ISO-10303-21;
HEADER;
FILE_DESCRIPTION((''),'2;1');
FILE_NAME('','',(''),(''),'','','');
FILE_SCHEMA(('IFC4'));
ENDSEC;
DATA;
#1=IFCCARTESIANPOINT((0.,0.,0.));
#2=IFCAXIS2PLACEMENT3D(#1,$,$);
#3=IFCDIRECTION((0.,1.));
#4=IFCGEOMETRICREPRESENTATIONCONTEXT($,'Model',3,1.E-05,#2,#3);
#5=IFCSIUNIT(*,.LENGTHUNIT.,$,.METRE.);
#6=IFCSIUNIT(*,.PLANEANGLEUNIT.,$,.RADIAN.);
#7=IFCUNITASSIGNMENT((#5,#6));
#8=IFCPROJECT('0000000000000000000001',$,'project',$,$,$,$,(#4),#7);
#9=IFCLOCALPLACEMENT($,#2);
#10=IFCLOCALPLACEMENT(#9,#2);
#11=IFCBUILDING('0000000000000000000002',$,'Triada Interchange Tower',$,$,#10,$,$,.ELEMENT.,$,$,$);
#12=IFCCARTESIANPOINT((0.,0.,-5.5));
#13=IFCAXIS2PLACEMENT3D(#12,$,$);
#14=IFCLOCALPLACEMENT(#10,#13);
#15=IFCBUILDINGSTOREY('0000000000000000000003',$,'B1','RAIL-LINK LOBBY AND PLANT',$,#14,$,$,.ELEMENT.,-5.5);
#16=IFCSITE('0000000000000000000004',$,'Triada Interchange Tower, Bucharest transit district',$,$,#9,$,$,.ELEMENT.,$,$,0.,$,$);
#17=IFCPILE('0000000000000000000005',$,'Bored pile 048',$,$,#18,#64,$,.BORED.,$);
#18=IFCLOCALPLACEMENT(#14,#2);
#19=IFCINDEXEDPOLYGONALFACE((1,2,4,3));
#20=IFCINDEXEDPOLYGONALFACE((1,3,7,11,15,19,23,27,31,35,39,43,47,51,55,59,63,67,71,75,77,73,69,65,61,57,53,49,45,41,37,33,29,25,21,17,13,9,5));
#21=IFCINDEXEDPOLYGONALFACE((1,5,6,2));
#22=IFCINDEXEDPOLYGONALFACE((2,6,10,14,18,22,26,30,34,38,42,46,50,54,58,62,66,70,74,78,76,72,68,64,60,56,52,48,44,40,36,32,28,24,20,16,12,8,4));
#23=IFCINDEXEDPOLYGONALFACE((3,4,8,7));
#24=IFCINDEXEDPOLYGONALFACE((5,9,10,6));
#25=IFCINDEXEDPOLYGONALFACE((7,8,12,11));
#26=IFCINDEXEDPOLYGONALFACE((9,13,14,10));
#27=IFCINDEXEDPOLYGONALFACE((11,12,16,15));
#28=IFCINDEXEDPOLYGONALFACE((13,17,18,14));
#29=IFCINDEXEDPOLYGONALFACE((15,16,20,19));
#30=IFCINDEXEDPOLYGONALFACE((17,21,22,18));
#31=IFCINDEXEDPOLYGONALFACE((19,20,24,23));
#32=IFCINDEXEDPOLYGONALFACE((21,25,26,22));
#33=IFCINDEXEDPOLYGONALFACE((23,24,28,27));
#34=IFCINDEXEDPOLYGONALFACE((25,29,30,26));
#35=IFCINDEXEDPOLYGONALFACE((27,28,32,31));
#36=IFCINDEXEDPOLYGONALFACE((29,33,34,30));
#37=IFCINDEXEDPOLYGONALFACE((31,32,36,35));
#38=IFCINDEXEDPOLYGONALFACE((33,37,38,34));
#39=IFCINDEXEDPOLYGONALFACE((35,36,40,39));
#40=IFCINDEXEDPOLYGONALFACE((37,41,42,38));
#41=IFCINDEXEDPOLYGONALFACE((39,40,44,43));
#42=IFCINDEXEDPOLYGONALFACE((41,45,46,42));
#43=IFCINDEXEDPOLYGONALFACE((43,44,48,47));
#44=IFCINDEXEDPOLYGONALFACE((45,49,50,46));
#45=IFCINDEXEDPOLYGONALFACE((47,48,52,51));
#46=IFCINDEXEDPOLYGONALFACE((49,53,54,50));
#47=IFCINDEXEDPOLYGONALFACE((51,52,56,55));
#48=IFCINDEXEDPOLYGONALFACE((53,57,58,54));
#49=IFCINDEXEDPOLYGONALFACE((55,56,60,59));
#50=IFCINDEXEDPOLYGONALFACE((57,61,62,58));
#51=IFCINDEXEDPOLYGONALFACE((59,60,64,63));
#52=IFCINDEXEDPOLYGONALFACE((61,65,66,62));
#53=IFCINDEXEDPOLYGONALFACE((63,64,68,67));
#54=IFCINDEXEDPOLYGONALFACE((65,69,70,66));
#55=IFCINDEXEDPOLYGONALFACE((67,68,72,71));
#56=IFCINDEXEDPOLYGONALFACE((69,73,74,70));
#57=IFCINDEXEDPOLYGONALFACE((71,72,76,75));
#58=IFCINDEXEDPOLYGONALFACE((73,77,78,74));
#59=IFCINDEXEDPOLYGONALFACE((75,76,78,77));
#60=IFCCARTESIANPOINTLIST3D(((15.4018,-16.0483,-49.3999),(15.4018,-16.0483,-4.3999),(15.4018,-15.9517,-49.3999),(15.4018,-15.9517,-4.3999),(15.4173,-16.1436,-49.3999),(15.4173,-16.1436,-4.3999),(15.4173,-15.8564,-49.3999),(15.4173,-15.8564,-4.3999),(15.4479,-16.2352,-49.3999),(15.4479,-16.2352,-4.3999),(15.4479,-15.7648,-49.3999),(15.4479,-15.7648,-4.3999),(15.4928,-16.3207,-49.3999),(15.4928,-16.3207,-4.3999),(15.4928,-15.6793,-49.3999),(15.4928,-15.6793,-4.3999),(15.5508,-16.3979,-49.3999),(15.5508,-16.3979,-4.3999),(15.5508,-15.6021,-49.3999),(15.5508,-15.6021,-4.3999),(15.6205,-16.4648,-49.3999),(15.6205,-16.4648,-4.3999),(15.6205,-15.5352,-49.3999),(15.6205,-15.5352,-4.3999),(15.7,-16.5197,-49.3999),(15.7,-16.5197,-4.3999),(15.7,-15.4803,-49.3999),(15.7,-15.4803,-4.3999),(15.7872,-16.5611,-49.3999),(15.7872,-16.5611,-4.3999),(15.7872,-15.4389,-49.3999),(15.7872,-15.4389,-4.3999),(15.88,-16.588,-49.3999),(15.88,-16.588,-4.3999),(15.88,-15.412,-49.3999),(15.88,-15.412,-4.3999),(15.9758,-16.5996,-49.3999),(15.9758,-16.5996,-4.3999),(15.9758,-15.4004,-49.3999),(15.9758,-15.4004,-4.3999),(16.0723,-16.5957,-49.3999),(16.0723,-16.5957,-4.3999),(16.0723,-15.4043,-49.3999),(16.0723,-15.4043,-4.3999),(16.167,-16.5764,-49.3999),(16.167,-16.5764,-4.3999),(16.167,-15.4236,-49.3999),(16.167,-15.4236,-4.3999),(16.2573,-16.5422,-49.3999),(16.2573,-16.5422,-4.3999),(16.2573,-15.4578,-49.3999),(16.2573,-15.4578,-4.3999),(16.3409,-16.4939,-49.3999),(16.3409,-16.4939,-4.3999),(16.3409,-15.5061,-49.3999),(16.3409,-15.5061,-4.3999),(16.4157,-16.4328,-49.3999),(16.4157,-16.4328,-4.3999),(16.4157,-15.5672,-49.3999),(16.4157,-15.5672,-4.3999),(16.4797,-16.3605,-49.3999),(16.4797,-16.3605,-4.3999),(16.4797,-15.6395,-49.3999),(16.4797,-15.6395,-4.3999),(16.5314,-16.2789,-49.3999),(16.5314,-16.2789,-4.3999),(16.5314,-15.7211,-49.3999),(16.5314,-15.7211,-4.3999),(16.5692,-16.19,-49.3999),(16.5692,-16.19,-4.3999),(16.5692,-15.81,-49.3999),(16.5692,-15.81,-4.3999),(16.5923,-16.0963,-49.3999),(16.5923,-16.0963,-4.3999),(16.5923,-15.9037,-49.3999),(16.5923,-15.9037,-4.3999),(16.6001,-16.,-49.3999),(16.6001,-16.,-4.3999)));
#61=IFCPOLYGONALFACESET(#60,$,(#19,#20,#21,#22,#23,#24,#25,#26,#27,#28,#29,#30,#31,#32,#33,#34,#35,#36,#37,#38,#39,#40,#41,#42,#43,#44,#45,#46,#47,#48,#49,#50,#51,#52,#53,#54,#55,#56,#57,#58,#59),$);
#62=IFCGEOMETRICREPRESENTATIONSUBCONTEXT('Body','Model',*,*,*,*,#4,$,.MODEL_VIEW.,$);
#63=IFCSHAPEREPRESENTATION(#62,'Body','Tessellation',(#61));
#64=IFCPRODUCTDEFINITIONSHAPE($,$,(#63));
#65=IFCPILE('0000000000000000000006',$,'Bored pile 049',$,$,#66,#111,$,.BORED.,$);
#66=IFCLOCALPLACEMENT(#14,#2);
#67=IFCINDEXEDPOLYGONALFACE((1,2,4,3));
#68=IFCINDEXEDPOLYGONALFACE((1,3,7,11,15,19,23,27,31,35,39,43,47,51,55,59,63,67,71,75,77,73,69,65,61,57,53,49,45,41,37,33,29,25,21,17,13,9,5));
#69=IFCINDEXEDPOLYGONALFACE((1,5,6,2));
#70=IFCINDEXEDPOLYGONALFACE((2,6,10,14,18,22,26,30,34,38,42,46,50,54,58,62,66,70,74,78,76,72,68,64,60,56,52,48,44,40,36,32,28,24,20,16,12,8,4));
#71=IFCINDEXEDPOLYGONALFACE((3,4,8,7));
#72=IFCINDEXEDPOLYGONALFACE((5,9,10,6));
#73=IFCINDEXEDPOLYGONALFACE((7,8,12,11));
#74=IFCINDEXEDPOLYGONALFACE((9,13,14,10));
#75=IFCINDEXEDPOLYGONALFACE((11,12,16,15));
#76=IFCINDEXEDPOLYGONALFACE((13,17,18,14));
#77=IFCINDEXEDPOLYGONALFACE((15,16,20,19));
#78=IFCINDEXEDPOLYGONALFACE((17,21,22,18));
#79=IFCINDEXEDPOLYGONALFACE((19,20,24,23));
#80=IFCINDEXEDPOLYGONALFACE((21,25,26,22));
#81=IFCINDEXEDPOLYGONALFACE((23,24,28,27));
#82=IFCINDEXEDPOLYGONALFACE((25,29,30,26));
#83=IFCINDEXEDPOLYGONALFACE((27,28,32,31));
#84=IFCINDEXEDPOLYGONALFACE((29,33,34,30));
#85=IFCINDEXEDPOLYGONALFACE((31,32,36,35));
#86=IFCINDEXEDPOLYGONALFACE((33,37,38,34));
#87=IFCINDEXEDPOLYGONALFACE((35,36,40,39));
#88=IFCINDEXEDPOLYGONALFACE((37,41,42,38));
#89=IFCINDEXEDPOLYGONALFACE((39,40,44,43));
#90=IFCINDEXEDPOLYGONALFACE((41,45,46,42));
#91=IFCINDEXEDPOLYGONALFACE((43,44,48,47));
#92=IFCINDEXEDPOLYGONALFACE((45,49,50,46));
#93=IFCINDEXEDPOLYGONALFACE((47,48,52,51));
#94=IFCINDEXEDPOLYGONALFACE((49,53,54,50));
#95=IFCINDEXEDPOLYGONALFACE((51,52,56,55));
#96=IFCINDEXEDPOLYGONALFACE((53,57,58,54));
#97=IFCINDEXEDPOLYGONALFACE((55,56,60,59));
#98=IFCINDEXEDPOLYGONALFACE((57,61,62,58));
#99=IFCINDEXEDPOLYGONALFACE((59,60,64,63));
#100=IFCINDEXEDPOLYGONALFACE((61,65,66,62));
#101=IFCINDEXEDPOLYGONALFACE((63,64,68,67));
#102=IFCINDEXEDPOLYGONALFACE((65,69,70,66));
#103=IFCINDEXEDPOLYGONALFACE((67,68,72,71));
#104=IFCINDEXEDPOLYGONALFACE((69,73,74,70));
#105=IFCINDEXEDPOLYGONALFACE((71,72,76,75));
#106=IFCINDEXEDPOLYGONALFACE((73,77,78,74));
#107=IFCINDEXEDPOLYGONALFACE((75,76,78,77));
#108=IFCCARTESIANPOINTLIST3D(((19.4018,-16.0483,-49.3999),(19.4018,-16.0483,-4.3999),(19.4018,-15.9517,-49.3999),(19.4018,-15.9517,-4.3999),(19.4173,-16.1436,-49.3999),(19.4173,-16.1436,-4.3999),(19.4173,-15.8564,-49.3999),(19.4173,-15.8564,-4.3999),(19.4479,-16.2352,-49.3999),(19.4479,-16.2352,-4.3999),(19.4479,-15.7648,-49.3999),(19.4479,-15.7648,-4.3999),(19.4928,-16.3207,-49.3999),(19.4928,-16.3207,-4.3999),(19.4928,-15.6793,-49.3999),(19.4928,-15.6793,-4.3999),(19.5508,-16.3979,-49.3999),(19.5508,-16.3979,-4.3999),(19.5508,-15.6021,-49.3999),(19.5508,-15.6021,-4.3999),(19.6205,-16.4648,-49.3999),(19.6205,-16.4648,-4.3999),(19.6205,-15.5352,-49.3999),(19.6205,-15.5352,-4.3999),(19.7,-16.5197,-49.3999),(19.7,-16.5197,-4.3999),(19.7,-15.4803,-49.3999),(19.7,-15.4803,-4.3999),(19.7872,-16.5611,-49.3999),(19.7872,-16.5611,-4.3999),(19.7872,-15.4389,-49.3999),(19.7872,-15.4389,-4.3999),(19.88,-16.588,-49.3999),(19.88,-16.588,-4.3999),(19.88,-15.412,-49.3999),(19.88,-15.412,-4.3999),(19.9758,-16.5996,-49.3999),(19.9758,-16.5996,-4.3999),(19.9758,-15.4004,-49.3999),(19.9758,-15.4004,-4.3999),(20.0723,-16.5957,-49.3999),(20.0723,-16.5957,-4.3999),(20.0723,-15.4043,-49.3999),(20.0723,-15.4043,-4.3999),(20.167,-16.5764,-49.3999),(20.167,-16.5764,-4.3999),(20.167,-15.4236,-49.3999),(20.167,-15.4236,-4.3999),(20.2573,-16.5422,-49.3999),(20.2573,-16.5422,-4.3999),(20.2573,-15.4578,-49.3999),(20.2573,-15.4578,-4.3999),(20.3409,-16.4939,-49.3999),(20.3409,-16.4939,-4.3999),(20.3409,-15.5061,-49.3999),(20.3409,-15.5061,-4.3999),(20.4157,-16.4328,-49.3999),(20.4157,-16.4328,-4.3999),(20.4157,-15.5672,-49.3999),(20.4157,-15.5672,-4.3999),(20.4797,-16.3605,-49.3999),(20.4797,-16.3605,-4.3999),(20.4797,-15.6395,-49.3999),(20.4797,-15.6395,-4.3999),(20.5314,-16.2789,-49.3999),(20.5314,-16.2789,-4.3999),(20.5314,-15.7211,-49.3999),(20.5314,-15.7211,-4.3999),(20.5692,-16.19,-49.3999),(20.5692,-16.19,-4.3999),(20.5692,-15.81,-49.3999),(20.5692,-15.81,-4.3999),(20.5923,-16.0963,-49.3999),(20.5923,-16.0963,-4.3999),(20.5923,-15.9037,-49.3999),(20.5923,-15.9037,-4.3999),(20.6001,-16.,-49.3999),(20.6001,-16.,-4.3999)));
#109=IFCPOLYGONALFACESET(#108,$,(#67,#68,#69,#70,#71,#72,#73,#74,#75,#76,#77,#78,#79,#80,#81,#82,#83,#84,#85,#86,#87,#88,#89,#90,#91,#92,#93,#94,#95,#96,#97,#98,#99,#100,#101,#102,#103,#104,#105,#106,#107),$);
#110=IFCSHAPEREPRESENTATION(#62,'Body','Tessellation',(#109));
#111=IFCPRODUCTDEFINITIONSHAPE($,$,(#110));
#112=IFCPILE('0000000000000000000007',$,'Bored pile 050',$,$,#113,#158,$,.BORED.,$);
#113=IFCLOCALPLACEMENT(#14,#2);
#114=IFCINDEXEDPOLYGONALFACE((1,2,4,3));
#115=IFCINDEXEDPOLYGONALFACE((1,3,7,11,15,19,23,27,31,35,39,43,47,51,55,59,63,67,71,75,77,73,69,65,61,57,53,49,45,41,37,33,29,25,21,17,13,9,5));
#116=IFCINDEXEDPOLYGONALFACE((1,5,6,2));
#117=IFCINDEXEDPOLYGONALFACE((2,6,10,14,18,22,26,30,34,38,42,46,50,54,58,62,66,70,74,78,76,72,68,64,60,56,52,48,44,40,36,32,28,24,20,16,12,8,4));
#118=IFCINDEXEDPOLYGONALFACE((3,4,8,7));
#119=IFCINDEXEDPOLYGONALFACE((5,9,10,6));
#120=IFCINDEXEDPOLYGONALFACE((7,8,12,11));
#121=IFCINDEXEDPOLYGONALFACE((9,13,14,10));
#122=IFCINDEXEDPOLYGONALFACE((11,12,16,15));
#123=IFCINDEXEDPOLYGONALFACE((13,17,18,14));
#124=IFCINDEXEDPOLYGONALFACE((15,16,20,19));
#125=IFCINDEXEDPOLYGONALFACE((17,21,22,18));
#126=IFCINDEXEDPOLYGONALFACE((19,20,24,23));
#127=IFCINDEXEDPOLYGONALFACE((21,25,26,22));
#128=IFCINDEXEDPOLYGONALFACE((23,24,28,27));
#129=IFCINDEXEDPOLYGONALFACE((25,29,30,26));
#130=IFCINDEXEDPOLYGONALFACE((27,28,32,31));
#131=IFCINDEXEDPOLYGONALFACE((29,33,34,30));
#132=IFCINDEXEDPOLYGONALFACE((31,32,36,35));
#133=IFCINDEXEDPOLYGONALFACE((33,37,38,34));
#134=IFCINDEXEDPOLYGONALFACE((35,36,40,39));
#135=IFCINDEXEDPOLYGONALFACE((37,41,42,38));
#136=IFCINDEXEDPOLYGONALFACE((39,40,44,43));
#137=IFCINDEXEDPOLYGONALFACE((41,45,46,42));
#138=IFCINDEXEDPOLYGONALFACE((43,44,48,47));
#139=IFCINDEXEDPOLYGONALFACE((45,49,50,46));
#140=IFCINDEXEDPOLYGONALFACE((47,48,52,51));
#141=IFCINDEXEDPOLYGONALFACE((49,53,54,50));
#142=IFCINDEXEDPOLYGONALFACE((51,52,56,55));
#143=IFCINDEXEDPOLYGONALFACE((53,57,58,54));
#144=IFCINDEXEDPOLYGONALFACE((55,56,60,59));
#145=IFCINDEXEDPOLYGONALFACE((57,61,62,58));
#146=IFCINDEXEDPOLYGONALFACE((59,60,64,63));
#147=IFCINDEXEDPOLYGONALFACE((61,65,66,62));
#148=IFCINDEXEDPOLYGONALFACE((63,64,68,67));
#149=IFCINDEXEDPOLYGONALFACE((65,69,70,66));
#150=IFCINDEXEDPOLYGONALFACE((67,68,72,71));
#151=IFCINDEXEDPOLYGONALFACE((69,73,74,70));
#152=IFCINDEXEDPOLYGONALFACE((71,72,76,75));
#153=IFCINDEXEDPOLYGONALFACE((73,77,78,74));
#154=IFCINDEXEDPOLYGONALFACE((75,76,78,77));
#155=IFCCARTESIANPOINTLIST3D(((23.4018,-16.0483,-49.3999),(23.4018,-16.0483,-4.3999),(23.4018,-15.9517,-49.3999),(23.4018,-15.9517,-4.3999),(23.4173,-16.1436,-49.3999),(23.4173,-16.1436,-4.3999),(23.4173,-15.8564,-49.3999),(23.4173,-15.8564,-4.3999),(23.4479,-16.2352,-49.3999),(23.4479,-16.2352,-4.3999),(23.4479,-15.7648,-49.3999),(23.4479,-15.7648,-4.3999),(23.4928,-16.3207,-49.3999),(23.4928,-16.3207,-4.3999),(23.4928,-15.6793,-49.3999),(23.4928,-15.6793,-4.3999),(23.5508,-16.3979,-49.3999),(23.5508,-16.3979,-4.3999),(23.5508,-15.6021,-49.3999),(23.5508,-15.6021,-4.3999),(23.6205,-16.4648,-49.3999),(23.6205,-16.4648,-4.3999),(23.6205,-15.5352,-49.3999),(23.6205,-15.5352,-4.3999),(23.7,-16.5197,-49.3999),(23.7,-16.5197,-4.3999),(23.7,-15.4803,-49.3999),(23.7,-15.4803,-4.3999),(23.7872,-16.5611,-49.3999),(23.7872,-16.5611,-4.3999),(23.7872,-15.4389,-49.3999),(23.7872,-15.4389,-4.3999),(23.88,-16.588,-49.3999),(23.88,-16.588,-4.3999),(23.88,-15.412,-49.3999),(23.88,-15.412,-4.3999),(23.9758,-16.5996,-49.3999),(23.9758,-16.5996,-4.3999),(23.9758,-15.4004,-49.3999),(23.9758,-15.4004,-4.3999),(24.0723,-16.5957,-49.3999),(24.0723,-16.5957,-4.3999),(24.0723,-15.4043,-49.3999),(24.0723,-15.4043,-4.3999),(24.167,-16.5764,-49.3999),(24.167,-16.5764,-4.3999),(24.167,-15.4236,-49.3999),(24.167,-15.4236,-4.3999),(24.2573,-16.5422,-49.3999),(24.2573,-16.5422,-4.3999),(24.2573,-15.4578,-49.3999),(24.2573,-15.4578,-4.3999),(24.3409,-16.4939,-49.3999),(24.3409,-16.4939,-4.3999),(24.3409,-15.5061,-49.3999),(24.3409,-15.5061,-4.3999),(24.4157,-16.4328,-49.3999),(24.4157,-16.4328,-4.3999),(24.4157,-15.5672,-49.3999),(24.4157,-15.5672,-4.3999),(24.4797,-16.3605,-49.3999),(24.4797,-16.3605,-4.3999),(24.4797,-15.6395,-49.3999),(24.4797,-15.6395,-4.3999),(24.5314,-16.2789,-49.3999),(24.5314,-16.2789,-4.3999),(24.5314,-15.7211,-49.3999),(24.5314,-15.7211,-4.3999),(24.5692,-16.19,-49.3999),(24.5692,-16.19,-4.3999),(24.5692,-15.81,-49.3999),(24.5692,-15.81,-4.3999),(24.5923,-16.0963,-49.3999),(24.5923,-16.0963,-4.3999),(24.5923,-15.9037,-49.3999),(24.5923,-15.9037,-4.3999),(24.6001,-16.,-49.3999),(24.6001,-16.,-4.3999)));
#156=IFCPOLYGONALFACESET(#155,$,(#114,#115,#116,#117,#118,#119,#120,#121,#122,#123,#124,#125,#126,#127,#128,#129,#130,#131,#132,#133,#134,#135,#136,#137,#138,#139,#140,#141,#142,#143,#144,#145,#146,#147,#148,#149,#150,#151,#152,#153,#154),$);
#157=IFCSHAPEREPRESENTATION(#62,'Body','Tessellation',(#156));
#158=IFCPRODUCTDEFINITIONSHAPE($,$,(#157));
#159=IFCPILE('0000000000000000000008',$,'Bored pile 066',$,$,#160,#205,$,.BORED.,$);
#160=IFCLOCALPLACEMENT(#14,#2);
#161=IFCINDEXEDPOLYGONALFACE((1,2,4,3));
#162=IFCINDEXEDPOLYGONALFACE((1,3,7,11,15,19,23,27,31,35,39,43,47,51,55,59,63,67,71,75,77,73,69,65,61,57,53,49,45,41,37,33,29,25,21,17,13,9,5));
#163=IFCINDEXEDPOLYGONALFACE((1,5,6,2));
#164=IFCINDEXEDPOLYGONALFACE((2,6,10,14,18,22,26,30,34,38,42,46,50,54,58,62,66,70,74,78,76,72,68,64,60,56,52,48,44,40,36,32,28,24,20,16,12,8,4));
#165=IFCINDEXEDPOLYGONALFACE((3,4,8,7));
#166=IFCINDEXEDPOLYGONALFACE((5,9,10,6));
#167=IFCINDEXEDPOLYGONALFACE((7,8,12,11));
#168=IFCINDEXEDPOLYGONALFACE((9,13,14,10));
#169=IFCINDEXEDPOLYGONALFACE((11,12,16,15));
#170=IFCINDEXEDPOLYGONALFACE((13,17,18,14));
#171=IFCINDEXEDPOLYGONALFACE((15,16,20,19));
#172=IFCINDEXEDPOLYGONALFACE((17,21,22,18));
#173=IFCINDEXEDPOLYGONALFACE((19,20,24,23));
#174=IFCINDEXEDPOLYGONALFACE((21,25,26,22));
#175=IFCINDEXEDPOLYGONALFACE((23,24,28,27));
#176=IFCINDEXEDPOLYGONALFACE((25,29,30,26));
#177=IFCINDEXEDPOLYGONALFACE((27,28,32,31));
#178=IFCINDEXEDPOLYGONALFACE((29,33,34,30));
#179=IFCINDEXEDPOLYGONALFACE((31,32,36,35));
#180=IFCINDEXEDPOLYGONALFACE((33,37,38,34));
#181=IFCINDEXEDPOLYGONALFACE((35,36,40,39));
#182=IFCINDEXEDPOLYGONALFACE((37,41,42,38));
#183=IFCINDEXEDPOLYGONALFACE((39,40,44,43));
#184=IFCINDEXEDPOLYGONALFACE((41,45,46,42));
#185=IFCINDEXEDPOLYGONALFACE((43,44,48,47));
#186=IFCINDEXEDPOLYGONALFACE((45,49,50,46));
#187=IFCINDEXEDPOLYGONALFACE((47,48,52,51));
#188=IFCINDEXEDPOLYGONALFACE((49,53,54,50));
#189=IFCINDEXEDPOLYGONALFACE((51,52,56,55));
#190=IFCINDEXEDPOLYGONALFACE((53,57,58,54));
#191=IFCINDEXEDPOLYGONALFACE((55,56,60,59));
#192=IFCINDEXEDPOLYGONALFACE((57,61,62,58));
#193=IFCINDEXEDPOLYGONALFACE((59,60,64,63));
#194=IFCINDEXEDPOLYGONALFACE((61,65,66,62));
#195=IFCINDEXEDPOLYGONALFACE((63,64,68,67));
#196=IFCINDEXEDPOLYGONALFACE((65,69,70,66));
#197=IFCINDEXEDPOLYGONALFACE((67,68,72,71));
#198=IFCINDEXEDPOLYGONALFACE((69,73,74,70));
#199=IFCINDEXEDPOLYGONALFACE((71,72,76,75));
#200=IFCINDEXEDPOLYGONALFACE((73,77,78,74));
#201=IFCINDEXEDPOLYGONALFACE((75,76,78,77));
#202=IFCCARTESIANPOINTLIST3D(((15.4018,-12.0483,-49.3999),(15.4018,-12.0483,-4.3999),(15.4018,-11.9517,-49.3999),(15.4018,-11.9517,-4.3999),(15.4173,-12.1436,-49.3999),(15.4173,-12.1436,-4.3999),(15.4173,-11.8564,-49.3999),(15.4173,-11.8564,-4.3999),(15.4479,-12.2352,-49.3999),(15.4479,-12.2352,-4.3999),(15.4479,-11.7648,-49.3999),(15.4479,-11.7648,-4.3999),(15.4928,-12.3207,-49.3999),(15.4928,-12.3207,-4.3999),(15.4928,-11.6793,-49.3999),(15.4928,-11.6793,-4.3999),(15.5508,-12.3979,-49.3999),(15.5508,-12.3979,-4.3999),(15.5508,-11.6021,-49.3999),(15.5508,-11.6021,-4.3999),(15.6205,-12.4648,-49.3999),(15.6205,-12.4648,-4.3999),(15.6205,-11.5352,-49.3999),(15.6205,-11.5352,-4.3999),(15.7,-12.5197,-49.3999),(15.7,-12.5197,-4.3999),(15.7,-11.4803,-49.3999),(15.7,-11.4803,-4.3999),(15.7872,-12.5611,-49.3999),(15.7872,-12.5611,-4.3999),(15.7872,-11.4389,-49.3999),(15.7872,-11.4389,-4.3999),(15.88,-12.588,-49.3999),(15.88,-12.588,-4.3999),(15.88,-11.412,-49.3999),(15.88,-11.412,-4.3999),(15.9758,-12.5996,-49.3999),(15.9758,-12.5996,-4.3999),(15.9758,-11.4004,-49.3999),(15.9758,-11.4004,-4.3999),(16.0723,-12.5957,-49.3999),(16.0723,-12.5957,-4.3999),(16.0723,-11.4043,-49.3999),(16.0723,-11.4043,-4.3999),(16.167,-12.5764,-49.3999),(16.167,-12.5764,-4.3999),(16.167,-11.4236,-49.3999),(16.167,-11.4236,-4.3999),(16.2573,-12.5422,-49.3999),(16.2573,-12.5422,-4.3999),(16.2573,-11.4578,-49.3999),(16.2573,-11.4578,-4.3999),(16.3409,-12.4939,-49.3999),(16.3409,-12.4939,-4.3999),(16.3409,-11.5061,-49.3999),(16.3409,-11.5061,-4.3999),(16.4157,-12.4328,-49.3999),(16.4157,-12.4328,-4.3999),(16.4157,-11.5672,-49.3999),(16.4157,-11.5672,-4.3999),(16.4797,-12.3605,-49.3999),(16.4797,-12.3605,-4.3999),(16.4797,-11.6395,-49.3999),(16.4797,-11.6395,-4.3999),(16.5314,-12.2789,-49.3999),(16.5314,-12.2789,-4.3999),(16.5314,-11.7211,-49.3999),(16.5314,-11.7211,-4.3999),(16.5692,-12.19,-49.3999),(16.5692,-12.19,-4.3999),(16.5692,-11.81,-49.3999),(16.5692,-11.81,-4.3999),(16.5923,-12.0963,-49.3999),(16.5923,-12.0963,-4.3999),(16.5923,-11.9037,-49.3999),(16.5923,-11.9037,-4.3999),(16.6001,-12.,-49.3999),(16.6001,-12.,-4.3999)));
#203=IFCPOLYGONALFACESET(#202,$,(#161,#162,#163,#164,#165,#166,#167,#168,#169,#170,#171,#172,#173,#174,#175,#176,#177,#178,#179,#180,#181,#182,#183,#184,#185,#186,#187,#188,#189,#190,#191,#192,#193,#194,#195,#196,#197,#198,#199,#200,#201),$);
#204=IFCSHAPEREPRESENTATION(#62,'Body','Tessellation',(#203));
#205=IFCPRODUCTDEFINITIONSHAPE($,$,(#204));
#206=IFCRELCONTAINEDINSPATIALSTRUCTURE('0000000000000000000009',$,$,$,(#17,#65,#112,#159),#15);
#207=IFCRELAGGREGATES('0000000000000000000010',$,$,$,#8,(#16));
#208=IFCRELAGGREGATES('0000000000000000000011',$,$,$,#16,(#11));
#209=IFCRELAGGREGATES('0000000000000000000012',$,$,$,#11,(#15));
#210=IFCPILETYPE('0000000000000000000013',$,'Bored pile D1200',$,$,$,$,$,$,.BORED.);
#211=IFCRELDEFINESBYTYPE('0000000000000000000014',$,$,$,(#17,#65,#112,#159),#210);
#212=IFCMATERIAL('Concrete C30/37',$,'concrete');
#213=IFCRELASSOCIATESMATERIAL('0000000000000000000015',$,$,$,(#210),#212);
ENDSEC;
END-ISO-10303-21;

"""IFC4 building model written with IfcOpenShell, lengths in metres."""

from ifc_helpers import new_model, si_unit, direction, frame, origin, origin_2d, place, context, subcontext, project, spatial, circle, extrude, material, material_profile, profile_set, type_object, element, save


model = new_model("IFC4")

# Units and contexts
model_context = context("Model", 3, precision=1e-05, world=origin(), true_north=direction((0.0, 1.0)))
body_context = subcontext(model_context, "Body", "Model", "MODEL_VIEW")
ifc_project = project(units=[si_unit("LENGTHUNIT", "METRE"), si_unit("PLANEANGLEUNIT", "RADIAN")], contexts=[model_context])

# Site, building, storey
site_placement = place(None, origin())
site = spatial("IfcSite", under=ifc_project, at=site_placement, Name="Triada Interchange Tower, Bucharest transit district", CompositionType="ELEMENT", RefElevation=0.0)
building_placement = place(site_placement, origin())
building = spatial("IfcBuilding", under=site, at=building_placement, Name="Triada Interchange Tower", CompositionType="ELEMENT")
storey_placement = place(building_placement, frame((0.0, 0.0, -5.5)))
storey = spatial("IfcBuildingStorey", under=building, at=storey_placement, Name="B1", Description="RAIL-LINK LOBBY AND PLANT", CompositionType="ELEMENT", Elevation=-5.5)

# Piles
ifc_material_1 = material(Name="Concrete C30/37", Category="concrete")
ifc_material_profile_1 = material_profile(ifc_material_1, circle(Radius=0.6001, at=origin_2d()), Name="RC D1200")
ifc_profile_set_1 = profile_set([ifc_material_profile_1], Name="Concrete C30/37")
pile_type = type_object("IfcPileType", Name="Bored pile D1200", PredefinedType="BORED", material=ifc_profile_set_1)
for number, where, z_axis, x_axis, name in (
    (1, (16.0, -16.0, -4.3999), (0.0, 0.0, -1.0), (1.0, 0.0, 0.0), "Bored pile 048"),
    (2, (20.0, -16.0, -4.3999), (0.0, 0.0, -1.0), (1.0, 0.0, 0.0), "Bored pile 049"),
    (3, (24.0, -16.0, -4.3999), (0.0, 0.0, -1.0), (1.0, 0.0, 0.0), "Bored pile 050"),
    (4, (16.0, -12.0, -4.3999), (0.0, 0.0, -1.0), (1.0, 0.0, 0.0), "Bored pile 066"),
):
    element("IfcPile", number, at=place(storey_placement, frame(where, z_axis=z_axis, x_axis=x_axis)), inside=storey, type_object=pile_type, Name=name, PredefinedType="BORED", context=body_context, shape_type="SweptSolid", body=[
        extrude(circle(Radius=0.6001, at=origin_2d()), origin(), (0.0, 0.0, 1.0), 45.0),
    ])

save(model, "model.ifc")
